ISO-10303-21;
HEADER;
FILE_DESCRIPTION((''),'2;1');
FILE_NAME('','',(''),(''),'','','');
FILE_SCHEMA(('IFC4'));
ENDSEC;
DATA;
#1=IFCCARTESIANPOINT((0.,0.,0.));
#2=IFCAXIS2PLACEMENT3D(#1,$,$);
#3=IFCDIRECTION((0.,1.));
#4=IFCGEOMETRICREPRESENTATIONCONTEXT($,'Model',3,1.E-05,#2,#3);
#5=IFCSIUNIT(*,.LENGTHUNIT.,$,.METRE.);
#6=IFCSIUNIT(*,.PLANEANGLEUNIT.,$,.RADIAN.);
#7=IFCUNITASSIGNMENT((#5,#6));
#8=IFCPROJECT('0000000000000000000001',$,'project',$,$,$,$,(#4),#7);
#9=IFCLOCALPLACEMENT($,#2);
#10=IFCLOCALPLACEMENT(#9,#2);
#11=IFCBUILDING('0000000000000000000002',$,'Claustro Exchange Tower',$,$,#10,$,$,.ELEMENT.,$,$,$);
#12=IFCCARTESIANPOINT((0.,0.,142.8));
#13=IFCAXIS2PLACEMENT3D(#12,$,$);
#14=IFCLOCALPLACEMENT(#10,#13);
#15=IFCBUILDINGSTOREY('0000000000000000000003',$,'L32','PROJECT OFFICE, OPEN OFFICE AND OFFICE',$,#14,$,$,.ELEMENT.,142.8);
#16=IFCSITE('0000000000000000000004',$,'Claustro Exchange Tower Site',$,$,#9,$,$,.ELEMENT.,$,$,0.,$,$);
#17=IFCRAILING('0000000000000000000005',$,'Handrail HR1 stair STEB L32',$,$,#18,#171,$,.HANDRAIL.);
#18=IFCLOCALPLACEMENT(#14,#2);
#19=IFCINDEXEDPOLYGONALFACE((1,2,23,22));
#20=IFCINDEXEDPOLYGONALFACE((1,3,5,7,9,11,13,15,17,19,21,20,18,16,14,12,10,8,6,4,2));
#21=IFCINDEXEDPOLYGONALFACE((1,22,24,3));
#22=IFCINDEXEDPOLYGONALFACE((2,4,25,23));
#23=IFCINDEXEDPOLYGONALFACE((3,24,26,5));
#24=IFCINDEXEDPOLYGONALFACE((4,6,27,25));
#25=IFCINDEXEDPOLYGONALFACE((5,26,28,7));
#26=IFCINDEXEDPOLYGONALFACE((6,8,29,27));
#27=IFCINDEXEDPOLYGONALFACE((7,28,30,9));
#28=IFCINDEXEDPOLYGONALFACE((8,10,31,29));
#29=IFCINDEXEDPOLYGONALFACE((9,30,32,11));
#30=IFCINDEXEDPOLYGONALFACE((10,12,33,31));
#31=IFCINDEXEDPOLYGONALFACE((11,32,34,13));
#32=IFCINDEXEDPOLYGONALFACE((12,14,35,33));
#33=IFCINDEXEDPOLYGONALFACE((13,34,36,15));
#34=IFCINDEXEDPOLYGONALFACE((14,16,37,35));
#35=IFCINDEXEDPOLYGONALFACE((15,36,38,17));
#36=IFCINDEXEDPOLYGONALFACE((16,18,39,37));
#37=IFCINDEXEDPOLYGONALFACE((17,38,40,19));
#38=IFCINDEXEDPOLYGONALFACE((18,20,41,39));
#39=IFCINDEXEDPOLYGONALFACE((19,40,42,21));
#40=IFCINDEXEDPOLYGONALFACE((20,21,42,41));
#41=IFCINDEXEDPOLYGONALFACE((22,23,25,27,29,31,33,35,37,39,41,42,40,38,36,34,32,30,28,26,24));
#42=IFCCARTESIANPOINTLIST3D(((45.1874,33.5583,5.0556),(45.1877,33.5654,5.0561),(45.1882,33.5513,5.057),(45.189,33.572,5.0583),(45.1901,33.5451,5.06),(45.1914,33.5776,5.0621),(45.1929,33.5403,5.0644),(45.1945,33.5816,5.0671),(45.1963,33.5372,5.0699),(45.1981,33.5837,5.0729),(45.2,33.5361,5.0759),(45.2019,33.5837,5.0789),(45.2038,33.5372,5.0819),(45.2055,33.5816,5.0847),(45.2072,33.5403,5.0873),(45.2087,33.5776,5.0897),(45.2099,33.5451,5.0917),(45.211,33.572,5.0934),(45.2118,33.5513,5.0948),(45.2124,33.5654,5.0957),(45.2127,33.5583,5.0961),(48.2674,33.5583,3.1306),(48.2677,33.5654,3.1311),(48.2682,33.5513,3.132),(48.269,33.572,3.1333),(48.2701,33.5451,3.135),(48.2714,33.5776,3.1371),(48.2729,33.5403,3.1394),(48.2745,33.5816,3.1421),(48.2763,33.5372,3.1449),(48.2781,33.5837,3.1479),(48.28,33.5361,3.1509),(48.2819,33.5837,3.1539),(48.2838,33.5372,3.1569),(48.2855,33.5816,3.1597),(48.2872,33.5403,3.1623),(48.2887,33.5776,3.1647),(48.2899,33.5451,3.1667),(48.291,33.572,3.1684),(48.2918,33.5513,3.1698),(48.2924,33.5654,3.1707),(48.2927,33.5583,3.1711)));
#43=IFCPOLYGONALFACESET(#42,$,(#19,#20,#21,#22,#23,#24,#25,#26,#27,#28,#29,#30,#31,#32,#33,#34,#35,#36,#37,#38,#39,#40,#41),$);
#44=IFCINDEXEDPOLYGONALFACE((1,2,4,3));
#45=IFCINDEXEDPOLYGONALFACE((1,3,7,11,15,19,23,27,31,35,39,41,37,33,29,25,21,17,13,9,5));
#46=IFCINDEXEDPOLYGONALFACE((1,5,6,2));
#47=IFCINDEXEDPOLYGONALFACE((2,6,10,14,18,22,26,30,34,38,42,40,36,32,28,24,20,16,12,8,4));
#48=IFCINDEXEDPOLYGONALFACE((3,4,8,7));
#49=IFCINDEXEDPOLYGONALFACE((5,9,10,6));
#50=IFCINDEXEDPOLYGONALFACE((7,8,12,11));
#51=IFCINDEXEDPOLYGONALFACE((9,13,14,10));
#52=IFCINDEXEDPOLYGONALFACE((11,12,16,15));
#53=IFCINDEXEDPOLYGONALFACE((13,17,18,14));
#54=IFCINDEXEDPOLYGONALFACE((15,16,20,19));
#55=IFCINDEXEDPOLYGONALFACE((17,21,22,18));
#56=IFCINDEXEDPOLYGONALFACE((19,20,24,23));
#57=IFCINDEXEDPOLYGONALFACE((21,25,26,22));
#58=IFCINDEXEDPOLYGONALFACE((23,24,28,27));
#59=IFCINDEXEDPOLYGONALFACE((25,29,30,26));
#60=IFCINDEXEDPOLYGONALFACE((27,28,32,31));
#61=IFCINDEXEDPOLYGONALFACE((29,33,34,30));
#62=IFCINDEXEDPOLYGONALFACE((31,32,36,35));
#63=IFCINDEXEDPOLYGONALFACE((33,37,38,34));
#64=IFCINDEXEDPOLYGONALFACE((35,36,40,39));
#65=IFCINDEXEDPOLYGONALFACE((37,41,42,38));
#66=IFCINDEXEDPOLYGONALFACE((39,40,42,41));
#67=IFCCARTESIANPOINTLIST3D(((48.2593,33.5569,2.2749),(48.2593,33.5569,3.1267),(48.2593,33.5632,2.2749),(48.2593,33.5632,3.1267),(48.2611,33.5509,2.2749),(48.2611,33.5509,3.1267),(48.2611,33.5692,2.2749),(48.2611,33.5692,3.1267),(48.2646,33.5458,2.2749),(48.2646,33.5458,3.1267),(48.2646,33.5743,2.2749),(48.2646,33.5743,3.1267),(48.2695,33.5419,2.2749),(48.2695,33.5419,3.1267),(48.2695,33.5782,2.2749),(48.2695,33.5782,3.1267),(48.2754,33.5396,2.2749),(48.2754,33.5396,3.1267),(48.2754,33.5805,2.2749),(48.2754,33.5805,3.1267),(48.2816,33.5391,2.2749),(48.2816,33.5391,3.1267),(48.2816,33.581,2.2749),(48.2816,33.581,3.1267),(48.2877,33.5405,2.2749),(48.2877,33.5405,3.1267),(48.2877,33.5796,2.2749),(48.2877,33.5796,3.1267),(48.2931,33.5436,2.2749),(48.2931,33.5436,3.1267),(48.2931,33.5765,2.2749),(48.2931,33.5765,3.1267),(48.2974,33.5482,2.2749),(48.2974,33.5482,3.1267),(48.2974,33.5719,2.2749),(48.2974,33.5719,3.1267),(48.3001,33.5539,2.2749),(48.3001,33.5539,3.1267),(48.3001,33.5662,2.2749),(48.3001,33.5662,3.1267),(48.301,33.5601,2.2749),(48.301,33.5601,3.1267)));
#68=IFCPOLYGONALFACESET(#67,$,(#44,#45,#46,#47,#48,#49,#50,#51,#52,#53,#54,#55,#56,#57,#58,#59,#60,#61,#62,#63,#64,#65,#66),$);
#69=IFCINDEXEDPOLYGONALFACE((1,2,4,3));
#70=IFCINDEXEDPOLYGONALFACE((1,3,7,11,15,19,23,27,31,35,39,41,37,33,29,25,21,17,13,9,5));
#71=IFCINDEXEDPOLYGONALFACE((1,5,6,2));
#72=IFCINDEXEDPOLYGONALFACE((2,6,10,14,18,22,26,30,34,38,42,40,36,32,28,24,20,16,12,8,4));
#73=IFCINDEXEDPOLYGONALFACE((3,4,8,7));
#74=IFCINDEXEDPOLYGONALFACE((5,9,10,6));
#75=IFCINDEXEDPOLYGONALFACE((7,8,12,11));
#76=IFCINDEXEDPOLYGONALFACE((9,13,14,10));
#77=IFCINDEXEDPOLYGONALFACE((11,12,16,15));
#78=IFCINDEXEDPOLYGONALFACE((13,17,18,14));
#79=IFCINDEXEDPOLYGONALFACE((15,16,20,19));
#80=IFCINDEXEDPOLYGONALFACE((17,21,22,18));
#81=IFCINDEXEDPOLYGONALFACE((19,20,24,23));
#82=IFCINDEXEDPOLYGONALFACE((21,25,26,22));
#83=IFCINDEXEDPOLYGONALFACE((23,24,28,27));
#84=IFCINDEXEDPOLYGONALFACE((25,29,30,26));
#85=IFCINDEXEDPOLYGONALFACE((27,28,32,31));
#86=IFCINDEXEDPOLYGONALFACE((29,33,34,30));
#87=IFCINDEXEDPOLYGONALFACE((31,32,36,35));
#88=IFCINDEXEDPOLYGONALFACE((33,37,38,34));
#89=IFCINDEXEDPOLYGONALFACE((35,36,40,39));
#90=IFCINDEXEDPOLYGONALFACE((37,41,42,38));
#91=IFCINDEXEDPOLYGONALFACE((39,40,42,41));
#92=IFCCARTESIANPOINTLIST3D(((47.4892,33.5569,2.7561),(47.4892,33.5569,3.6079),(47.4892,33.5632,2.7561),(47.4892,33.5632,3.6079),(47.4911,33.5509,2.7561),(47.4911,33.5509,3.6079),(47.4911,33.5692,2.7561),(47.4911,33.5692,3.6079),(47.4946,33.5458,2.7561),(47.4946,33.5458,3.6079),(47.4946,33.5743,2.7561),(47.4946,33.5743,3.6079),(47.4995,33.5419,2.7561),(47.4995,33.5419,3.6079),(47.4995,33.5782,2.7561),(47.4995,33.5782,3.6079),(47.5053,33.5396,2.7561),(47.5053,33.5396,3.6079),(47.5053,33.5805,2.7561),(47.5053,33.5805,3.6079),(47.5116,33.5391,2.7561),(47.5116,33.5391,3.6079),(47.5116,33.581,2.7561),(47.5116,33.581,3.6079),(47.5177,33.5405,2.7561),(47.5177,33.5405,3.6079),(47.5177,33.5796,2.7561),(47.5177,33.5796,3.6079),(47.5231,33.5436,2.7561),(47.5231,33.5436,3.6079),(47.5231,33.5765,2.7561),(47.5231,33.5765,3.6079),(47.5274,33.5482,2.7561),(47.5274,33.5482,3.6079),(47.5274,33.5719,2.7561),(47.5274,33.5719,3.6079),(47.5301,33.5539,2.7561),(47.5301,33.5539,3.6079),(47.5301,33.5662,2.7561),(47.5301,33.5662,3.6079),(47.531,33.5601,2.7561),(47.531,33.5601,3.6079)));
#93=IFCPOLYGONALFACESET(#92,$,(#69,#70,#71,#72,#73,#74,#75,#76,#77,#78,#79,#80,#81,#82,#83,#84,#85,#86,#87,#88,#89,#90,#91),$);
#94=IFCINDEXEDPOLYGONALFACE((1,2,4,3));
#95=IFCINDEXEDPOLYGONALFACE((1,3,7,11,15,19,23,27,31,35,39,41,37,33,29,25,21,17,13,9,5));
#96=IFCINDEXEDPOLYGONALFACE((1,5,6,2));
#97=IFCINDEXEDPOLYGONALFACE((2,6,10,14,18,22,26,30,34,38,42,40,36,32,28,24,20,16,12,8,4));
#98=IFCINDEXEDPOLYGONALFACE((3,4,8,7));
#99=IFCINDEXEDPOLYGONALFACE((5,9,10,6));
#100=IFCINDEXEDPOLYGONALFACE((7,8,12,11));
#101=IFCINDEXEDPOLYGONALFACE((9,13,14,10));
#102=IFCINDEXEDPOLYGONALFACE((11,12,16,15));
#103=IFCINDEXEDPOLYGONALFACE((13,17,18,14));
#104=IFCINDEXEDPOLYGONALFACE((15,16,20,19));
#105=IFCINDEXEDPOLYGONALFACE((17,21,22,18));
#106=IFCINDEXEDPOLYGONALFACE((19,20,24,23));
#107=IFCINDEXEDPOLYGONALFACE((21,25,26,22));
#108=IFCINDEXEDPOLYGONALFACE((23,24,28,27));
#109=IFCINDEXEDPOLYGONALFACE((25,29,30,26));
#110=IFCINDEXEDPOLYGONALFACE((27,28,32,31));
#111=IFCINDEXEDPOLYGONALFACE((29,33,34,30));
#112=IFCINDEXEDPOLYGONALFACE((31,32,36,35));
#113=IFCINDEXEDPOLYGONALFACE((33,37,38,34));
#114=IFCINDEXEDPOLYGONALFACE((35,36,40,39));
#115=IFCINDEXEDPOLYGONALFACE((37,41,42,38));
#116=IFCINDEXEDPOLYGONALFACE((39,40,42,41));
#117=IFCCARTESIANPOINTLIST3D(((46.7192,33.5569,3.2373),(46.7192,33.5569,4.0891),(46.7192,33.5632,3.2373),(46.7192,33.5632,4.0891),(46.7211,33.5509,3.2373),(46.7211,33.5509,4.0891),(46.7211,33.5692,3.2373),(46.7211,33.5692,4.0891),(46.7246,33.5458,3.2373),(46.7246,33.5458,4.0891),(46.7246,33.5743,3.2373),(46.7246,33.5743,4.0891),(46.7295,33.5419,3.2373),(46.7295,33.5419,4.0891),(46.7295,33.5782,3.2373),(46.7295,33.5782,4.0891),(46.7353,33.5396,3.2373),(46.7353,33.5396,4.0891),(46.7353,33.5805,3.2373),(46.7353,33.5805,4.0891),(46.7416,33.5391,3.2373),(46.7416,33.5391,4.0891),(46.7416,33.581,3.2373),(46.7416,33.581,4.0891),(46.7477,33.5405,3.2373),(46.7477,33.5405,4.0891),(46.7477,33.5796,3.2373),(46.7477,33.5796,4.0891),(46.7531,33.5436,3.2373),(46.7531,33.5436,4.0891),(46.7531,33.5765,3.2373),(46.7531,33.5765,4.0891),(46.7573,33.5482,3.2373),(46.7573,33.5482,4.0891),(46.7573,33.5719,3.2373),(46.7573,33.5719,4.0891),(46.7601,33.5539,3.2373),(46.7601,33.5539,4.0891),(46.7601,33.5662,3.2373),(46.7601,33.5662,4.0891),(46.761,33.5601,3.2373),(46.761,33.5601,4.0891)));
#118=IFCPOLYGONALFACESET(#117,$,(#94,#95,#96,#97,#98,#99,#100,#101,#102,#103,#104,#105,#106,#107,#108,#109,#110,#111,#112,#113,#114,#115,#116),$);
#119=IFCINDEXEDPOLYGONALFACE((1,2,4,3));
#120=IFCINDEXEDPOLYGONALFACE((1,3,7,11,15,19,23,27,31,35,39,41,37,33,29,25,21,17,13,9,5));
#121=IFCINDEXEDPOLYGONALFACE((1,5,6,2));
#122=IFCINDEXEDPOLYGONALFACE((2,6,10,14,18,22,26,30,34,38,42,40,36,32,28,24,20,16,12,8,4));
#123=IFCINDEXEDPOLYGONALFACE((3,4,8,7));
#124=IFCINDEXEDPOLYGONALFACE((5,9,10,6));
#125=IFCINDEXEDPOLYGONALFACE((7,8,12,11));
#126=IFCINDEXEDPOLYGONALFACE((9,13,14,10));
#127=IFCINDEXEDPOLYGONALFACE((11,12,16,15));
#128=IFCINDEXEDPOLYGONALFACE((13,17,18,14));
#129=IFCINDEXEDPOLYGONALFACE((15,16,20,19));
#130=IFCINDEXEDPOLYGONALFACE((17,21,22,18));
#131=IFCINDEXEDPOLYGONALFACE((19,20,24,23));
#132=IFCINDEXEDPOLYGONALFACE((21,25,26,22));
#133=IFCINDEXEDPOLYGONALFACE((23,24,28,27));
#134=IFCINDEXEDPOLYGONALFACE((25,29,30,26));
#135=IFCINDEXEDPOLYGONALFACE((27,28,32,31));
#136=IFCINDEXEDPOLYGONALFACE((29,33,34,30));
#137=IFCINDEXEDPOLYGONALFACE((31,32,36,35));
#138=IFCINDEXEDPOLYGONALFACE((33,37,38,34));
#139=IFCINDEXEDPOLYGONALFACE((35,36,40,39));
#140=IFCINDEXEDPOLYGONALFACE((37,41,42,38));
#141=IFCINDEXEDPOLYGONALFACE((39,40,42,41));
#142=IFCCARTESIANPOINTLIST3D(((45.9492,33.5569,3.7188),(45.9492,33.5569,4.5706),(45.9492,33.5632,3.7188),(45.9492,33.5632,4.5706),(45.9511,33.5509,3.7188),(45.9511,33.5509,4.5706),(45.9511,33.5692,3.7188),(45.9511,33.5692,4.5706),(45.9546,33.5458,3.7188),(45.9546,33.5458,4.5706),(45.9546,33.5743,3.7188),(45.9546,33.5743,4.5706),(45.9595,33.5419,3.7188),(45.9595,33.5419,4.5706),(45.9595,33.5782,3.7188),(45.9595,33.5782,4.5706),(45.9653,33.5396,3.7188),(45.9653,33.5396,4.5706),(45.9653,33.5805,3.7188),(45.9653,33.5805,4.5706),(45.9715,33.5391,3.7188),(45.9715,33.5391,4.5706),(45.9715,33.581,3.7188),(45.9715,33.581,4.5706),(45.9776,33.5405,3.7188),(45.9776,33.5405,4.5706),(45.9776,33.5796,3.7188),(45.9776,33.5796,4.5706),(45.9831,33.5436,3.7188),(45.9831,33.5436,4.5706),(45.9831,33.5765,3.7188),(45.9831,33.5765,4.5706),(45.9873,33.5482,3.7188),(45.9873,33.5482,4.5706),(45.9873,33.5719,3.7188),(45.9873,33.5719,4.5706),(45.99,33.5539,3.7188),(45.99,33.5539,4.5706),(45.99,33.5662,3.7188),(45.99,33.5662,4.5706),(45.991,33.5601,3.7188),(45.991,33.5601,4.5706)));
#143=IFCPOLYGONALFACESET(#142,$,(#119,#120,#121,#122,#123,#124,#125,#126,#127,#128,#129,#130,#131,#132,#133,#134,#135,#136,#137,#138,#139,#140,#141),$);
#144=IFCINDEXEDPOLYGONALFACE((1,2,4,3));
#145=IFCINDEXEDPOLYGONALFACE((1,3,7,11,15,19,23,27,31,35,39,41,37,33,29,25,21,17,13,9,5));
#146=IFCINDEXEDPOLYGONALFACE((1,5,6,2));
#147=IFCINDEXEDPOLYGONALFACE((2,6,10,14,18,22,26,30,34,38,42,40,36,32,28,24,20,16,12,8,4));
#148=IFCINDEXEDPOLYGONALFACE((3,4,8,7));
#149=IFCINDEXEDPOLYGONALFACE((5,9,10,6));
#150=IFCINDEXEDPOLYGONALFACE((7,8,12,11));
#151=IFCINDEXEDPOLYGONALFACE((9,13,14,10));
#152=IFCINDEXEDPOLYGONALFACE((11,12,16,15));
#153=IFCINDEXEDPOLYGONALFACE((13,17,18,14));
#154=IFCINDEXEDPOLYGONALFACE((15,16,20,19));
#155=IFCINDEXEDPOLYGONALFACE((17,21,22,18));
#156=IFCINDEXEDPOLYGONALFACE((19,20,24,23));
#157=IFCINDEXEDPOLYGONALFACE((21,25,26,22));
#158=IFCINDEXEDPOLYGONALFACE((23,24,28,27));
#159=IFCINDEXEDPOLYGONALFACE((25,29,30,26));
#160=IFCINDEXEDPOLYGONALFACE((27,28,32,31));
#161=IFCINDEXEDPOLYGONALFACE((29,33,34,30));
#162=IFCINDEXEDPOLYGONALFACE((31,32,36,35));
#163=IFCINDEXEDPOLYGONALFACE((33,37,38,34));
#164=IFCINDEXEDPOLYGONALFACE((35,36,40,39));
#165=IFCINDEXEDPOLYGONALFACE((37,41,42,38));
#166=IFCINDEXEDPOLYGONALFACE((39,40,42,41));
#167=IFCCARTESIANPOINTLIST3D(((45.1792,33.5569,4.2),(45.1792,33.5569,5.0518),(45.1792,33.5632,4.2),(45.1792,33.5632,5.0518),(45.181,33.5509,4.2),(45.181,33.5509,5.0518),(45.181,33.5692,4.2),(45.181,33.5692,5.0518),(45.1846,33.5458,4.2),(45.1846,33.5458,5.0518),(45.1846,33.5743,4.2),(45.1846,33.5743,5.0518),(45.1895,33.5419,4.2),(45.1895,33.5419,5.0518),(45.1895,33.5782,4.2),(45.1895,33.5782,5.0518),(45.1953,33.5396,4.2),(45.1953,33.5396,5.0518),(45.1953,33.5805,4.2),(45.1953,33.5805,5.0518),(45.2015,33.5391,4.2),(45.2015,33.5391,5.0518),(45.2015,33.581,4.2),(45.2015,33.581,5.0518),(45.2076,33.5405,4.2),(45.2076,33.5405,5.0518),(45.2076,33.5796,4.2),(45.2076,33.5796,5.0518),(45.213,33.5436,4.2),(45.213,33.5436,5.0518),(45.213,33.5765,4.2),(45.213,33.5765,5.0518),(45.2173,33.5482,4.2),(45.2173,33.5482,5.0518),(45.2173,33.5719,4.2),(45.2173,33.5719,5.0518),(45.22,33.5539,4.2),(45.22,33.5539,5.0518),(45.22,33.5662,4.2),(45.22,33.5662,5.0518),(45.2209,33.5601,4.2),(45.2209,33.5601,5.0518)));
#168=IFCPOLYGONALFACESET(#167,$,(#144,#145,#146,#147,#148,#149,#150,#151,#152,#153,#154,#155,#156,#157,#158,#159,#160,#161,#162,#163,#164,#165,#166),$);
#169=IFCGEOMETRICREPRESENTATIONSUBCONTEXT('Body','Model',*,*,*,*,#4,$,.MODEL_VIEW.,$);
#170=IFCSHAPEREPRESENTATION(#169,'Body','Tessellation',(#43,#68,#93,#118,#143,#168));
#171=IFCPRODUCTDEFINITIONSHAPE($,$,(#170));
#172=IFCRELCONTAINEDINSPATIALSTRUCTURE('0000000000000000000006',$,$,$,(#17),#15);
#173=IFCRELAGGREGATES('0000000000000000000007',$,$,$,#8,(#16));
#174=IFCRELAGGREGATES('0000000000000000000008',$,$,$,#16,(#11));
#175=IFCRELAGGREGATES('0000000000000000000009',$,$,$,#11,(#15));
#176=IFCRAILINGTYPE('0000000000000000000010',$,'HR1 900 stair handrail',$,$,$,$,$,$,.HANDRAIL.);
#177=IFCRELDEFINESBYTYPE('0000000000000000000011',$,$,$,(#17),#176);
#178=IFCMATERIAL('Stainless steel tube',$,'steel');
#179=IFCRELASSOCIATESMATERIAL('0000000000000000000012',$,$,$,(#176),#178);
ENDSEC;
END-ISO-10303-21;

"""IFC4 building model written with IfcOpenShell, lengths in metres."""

from ifc_helpers import new_model, si_unit, direction, frame, origin, origin_2d, place, context, subcontext, project, spatial, circle, extrude, material, type_object, element, save


model = new_model("IFC4")

# Units and contexts
model_context = context("Model", 3, precision=1e-05, world=origin(), true_north=direction((0.0, 1.0)))
body_context = subcontext(model_context, "Body", "Model", "MODEL_VIEW")
ifc_project = project(units=[si_unit("LENGTHUNIT", "METRE"), si_unit("PLANEANGLEUNIT", "RADIAN")], contexts=[model_context])

# Site, building, storey
site_placement = place(None, origin())
site = spatial("IfcSite", under=ifc_project, at=site_placement, Name="Claustro Exchange Tower Site", CompositionType="ELEMENT", RefElevation=0.0)
building_placement = place(site_placement, origin())
building = spatial("IfcBuilding", under=site, at=building_placement, Name="Claustro Exchange Tower", CompositionType="ELEMENT")
storey_placement = place(building_placement, frame((0.0, 0.0, 142.8)))
storey = spatial("IfcBuildingStorey", under=building, at=storey_placement, Name="L32", Description="PROJECT OFFICE, OPEN OFFICE AND OFFICE", CompositionType="ELEMENT", Elevation=142.8)

# Railing
ifc_material_1 = material(Name="Stainless steel tube", Category="steel")
railing_type_1 = type_object("IfcRailingType", Name="HR1 900 stair handrail", PredefinedType="HANDRAIL", material=ifc_material_1)
railing_1_placement = place(storey_placement, frame((48.28, 33.5601, 2.2749)))
element("IfcRailing", 1, at=railing_1_placement, inside=storey, type_object=railing_type_1, Name="Handrail HR1 stair STEB L32", PredefinedType="HANDRAIL", context=body_context, shape_type="SweptSolid", body=[
    extrude(circle(Radius=0.0239, at=origin_2d()), frame((0.0, 0.0, 0.876), z_axis=(-0.847998, 0.0, 0.529999), x_axis=(0.0, -1.0, 0.0)), (0.0, 0.0, 1.0), 3.6321),
    extrude(circle(Radius=0.021, at=origin_2d()), origin(), (0.0, 0.0, 1.0), 0.8518),
    extrude(circle(Radius=0.021, at=origin_2d()), frame((-0.77, 0.0, 0.4812)), (0.0, 0.0, 1.0), 0.8518),
    extrude(circle(Radius=0.021, at=origin_2d()), frame((-1.54, 0.0, 0.9624)), (0.0, 0.0, 1.0), 0.8518),
    extrude(circle(Radius=0.021, at=origin_2d()), frame((-2.3101, 0.0, 1.4438)), (0.0, 0.0, 1.0), 0.8518),
    extrude(circle(Radius=0.021, at=origin_2d()), frame((-3.0801, 0.0, 1.925)), (0.0, 0.0, 1.0), 0.8518),
])

save(model, "model.ifc")
